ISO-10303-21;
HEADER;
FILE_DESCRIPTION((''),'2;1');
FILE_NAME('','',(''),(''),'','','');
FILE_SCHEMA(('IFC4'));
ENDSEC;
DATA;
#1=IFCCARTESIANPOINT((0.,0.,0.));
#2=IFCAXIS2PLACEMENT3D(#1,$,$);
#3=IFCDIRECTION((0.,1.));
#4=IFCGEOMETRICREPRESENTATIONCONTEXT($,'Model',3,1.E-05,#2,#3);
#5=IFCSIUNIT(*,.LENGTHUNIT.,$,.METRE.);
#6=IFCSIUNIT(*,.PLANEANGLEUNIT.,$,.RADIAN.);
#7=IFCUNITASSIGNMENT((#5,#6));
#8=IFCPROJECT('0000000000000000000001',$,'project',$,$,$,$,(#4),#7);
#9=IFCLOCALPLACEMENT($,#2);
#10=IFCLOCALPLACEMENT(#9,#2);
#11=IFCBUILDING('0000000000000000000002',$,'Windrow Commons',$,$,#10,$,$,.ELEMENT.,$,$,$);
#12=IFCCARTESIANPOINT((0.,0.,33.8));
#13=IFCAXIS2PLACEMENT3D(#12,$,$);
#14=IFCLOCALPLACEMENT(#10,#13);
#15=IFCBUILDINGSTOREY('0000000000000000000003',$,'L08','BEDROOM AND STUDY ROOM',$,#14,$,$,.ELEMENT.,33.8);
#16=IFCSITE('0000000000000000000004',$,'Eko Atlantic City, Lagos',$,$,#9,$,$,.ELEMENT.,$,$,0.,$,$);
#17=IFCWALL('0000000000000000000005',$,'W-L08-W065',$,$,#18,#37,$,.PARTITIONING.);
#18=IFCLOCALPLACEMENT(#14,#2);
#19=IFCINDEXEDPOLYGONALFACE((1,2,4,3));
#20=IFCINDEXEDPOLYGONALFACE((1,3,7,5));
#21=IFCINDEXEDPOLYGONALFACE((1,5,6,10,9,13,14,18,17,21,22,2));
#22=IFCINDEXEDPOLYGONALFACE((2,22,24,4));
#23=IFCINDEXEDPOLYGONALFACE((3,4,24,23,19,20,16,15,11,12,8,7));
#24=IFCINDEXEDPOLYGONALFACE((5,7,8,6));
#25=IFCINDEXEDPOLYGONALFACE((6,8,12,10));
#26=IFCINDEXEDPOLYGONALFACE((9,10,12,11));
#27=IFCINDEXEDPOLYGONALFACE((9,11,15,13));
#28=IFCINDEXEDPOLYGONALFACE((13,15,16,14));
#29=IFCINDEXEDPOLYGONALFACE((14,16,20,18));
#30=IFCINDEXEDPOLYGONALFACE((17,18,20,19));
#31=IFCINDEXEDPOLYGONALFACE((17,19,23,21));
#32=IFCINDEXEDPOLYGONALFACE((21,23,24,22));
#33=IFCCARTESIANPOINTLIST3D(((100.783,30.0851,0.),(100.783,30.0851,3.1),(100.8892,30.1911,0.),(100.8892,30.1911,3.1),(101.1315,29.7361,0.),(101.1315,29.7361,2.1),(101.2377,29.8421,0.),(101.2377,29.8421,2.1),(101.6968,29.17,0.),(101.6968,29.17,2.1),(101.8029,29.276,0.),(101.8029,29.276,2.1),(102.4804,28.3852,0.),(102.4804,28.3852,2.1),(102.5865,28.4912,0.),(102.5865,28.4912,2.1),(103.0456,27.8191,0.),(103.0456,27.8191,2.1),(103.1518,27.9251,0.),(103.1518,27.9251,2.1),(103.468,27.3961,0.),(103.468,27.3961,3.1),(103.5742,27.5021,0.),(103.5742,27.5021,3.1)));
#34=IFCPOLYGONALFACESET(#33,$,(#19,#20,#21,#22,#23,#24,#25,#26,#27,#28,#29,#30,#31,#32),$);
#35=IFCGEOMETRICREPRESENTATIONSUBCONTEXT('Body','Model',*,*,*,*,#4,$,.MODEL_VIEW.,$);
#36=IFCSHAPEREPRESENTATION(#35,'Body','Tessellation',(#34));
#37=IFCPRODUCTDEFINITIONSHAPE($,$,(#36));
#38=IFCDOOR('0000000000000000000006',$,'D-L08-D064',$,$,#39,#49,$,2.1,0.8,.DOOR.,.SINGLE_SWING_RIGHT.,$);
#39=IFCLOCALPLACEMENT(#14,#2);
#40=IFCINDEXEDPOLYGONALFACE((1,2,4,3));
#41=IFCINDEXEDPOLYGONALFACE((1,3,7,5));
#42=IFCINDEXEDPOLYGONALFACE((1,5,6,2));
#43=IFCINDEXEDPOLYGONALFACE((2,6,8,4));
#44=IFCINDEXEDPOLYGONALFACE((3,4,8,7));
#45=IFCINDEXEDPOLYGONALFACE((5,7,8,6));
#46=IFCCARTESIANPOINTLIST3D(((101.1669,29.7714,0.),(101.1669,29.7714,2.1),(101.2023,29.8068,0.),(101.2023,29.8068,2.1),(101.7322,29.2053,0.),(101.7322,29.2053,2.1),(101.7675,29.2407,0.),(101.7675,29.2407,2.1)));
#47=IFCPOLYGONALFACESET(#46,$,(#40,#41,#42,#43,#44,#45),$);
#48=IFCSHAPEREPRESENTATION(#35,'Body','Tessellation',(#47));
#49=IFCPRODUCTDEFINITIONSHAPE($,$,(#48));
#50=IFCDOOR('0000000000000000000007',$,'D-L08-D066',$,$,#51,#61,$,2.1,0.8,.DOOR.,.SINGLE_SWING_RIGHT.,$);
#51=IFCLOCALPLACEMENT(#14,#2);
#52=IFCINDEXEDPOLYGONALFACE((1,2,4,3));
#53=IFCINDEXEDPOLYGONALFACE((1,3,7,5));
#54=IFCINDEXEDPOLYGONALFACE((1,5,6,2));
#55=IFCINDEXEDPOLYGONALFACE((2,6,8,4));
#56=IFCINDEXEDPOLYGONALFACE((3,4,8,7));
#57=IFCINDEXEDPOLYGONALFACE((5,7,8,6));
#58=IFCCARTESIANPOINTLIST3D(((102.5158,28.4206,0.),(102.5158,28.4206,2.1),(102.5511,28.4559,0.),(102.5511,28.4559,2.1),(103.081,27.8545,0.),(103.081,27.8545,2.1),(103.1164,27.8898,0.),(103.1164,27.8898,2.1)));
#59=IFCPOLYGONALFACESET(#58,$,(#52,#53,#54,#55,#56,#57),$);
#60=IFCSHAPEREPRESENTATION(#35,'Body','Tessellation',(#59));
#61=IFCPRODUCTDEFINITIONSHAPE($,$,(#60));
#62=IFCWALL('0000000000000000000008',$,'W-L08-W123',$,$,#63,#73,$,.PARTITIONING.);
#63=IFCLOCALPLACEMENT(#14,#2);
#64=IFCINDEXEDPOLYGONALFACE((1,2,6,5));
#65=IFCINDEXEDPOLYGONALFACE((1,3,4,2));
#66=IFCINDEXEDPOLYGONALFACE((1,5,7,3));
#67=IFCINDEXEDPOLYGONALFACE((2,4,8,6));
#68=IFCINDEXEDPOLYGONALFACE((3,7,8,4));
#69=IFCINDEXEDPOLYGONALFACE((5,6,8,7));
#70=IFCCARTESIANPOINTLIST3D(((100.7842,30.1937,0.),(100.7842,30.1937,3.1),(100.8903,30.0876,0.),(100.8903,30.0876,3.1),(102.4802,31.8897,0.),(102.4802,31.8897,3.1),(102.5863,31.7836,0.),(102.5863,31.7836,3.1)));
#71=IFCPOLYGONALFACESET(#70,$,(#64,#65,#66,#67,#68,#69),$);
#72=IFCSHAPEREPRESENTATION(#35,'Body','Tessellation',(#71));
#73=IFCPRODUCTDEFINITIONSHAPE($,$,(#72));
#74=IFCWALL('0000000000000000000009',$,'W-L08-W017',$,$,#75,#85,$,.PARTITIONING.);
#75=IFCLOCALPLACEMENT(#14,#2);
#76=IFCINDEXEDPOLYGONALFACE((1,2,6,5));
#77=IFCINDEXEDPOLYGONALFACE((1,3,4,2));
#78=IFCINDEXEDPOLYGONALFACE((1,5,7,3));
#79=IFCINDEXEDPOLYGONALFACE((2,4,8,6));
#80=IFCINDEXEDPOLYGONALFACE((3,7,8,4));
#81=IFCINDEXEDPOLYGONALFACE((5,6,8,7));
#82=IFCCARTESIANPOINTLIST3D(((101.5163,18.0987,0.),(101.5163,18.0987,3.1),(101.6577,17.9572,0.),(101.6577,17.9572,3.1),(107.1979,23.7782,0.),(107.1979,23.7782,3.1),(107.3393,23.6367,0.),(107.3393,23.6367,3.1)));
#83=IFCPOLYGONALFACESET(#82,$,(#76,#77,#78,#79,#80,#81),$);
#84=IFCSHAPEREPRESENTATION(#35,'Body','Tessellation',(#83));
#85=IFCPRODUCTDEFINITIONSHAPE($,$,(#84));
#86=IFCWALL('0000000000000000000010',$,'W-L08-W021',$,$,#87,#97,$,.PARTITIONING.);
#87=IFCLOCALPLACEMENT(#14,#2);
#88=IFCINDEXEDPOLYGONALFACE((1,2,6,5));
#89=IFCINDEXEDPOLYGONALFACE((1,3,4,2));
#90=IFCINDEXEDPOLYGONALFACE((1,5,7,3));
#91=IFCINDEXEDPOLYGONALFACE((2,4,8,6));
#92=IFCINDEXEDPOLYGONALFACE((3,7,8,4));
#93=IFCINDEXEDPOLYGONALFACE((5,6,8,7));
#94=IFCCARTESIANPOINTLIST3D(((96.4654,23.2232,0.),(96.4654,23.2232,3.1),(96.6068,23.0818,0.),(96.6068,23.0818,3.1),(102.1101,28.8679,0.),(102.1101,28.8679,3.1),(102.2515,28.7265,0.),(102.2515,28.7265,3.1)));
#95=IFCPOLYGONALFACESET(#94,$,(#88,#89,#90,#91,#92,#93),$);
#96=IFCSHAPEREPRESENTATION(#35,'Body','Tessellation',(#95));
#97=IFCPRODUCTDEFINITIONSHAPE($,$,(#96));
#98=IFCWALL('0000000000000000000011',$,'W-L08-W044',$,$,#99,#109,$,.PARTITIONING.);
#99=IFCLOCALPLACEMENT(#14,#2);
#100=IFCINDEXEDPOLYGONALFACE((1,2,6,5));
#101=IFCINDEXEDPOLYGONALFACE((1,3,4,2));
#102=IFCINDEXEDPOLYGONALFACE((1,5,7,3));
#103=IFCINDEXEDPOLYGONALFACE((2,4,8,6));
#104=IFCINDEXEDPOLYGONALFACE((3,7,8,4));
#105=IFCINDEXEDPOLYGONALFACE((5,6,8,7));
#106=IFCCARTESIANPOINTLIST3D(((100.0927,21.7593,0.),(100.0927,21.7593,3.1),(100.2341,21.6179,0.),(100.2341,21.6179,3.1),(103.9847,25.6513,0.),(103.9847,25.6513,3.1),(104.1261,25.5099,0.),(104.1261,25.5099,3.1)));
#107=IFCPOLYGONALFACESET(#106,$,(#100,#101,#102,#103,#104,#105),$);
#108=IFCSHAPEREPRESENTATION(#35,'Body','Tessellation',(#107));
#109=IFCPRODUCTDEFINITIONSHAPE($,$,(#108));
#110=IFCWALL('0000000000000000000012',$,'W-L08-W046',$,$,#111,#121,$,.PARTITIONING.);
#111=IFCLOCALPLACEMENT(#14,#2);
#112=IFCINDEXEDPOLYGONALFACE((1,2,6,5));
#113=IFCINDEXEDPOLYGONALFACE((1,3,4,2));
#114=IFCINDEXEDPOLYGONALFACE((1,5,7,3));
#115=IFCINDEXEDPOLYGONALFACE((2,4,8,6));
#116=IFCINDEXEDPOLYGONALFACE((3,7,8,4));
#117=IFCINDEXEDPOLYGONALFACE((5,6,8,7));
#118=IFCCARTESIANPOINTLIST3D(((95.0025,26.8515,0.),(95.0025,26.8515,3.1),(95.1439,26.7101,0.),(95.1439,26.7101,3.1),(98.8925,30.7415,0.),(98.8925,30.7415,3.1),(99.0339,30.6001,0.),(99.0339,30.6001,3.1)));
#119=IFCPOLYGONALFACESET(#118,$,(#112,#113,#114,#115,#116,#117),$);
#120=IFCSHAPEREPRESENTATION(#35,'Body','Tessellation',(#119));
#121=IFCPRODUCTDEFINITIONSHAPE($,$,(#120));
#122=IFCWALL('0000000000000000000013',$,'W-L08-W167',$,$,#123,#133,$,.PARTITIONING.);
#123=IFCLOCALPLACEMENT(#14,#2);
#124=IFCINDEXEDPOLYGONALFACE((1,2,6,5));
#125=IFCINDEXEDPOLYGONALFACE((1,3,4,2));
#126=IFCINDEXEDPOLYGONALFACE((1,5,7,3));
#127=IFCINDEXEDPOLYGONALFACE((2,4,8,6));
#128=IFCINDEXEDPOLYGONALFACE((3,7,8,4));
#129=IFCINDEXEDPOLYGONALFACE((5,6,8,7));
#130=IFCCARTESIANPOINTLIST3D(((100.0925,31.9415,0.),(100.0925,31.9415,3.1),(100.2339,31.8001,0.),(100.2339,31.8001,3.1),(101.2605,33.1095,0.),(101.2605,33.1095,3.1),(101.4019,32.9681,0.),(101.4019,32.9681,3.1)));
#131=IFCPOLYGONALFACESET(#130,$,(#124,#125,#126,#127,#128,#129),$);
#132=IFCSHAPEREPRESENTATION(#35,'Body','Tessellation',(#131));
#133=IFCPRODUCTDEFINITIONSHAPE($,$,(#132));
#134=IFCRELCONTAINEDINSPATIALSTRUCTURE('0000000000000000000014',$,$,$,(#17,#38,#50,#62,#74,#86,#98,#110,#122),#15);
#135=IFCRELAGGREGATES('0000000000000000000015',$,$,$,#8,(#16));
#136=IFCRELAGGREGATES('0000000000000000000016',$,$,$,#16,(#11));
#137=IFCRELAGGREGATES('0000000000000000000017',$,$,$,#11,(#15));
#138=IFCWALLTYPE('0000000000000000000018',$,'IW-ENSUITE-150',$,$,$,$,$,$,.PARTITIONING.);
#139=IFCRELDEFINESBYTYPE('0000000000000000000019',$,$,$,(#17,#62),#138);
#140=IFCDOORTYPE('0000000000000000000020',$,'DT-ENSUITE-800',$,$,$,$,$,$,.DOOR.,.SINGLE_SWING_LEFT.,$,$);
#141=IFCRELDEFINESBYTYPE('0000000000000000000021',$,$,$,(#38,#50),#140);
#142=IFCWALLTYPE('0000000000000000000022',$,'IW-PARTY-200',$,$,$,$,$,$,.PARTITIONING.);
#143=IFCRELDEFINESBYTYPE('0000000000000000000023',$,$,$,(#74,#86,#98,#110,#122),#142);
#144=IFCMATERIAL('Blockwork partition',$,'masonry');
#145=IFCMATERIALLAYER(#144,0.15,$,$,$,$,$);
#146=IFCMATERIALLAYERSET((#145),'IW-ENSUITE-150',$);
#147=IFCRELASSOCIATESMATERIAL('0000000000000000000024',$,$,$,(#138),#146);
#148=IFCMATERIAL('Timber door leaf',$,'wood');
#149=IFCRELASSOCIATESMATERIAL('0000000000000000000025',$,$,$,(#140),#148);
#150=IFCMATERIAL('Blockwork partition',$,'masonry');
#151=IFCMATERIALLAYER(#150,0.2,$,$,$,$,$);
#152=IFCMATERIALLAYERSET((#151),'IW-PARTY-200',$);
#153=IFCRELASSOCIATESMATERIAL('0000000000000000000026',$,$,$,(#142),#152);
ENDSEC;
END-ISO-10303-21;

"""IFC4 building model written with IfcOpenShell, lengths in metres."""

from ifc_helpers import new_model, si_unit, direction, frame, frame_2d, origin, place, context, subcontext, project, spatial, rectangle, extrude, material, layer, layer_set, type_object, element, fill, save


model = new_model("IFC4")

# Units and contexts
model_context = context("Model", 3, precision=1e-05, world=origin(), true_north=direction((0.0, 1.0)))
body_context = subcontext(model_context, "Body", "Model", "MODEL_VIEW")
ifc_project = project(units=[si_unit("LENGTHUNIT", "METRE"), si_unit("PLANEANGLEUNIT", "RADIAN")], contexts=[model_context])

# Site, building, storey
site_placement = place(None, origin())
site = spatial("IfcSite", under=ifc_project, at=site_placement, Name="Eko Atlantic City, Lagos", CompositionType="ELEMENT", RefElevation=0.0)
building_placement = place(site_placement, origin())
building = spatial("IfcBuilding", under=site, at=building_placement, Name="Windrow Commons", CompositionType="ELEMENT")
storey_placement = place(building_placement, frame((0.0, 0.0, 33.8)))
storey = spatial("IfcBuildingStorey", under=building, at=storey_placement, Name="L08", Description="BEDROOM AND STUDY ROOM", CompositionType="ELEMENT", Elevation=33.8)

# Wall, openings, doors
ifc_material_1 = material(Name="Blockwork partition", Category="masonry")
ifc_layer_1 = layer(ifc_material_1, 0.15)
ifc_layer_set_1 = layer_set([ifc_layer_1], Name="IW-ENSUITE-150")
wall_type_1 = type_object("IfcWallType", Name="IW-ENSUITE-150", PredefinedType="PARTITIONING", material=ifc_layer_set_1)
wall_1_placement = place(storey_placement, frame((100.8361, 30.1381, 0.0), z_axis=(0.0, 0.0, 1.0), x_axis=(0.70658, -0.707633, 0.0)))
wall_1 = element("IfcWall", 1, at=wall_1_placement, inside=storey, type_object=wall_type_1, Name="W-L08-W065", PredefinedType="PARTITIONING", context=body_context, shape_type="SweptSolid", body=[
    extrude(rectangle(XDim=3.8, YDim=0.15, at=frame_2d((1.9, 0.0))), origin(), (0.0, 0.0, 1.0), 3.1),
])
opening_1_placement = place(wall_1_placement, frame((0.4932, 0.0, 0.0)))
opening_1 = element("IfcOpeningElement", 2, at=opening_1_placement, cuts=wall_1, PredefinedType="OPENING", context=body_context, shape_type="SweptSolid", body=[
    extrude(rectangle(XDim=0.8, YDim=2.1, at=frame_2d((0.4, 1.05))), frame((0.0, 0.085, 0.0), z_axis=(0.0, -1.0, 0.0), x_axis=(1.0, 0.0, 0.0)), (0.0, 0.0, 1.0), 0.17),
])
opening_2_placement = place(wall_1_placement, frame((2.4022, 0.0, 0.0)))
opening_2 = element("IfcOpeningElement", 3, at=opening_2_placement, cuts=wall_1, PredefinedType="OPENING", context=body_context, shape_type="SweptSolid", body=[
    extrude(rectangle(XDim=0.8, YDim=2.1, at=frame_2d((0.4, 1.05))), frame((0.0, 0.085, 0.0), z_axis=(0.0, -1.0, 0.0), x_axis=(1.0, 0.0, 0.0)), (0.0, 0.0, 1.0), 0.17),
])
ifc_material_2 = material(Name="Timber door leaf", Category="wood")
door_type = type_object("IfcDoorType", Name="DT-ENSUITE-800", OperationType="SINGLE_SWING_LEFT", PredefinedType="DOOR", material=ifc_material_2)
door_1_placement = place(opening_1_placement, origin())
door_1 = element("IfcDoor", 4, at=door_1_placement, inside=storey, type_object=door_type, Name="D-L08-D064", OperationType="SINGLE_SWING_RIGHT", OverallHeight=2.1, OverallWidth=0.8, PredefinedType="DOOR", context=body_context, shape_type="SweptSolid", body=[
    extrude(rectangle(XDim=0.8, YDim=2.1, at=frame_2d((0.4, 1.05))), frame((0.0, 0.025, 0.0), z_axis=(0.0, -1.0, 0.0), x_axis=(1.0, 0.0, 0.0)), (0.0, 0.0, 1.0), 0.05),
])
fill(opening_1, door_1)
door_2_placement = place(opening_2_placement, origin())
door_2 = element("IfcDoor", 5, at=door_2_placement, inside=storey, type_object=door_type, Name="D-L08-D066", OperationType="SINGLE_SWING_RIGHT", OverallHeight=2.1, OverallWidth=0.8, PredefinedType="DOOR", context=body_context, shape_type="SweptSolid", body=[
    extrude(rectangle(XDim=0.8, YDim=2.1, at=frame_2d((0.4, 1.05))), frame((0.0, 0.025, 0.0), z_axis=(0.0, -1.0, 0.0), x_axis=(1.0, 0.0, 0.0)), (0.0, 0.0, 1.0), 0.05),
])
fill(opening_2, door_2)

# Walls
wall_2_placement = place(storey_placement, frame((100.8373, 30.1407, 0.0), z_axis=(0.0, 0.0, 1.0), x_axis=(0.707107, 0.707107, 0.0)))
element("IfcWall", 6, at=wall_2_placement, inside=storey, type_object=wall_type_1, Name="W-L08-W123", PredefinedType="PARTITIONING", context=body_context, shape_type="SweptSolid", body=[
    extrude(rectangle(XDim=2.3985, YDim=0.15, at=frame_2d((1.1992, 0.0))), origin(), (0.0, 0.0, 1.0), 3.1),
])
ifc_material_3 = material(Name="Blockwork partition", Category="masonry")
ifc_layer_2 = layer(ifc_material_3, 0.2)
ifc_layer_set_2 = layer_set([ifc_layer_2], Name="IW-PARTY-200")
wall_type_2 = type_object("IfcWallType", Name="IW-PARTY-200", PredefinedType="PARTITIONING", material=ifc_layer_set_2)
wall_3_placement = place(storey_placement, frame((101.587, 18.0279, 0.0), z_axis=(0.0, 0.0, 1.0), x_axis=(0.707237, 0.706976, 0.0)))
element("IfcWall", 7, at=wall_3_placement, inside=storey, type_object=wall_type_2, Name="W-L08-W017", PredefinedType="PARTITIONING", context=body_context, shape_type="SweptSolid", body=[
    extrude(rectangle(XDim=8.0335, YDim=0.2, at=frame_2d((4.0168, 0.0))), origin(), (0.0, 0.0, 1.0), 3.1),
])
wall_4_placement = place(storey_placement, frame((96.5361, 23.1525, 0.0), z_axis=(0.0, 0.0, 1.0), x_axis=(0.707107, 0.707107, 0.0)))
element("IfcWall", 8, at=wall_4_placement, inside=storey, type_object=wall_type_2, Name="W-L08-W021", PredefinedType="PARTITIONING", context=body_context, shape_type="SweptSolid", body=[
    extrude(rectangle(XDim=7.9828, YDim=0.2, at=frame_2d((3.9914, 0.0))), origin(), (0.0, 0.0, 1.0), 3.1),
])
wall_5_placement = place(storey_placement, frame((100.1634, 21.6886, 0.0), z_axis=(0.0, 0.0, 1.0), x_axis=(0.707107, 0.707107, 0.0)))
element("IfcWall", 9, at=wall_5_placement, inside=storey, type_object=wall_type_2, Name="W-L08-W044", PredefinedType="PARTITIONING", context=body_context, shape_type="SweptSolid", body=[
    extrude(rectangle(XDim=5.5041, YDim=0.2, at=frame_2d((2.7521, 0.0))), origin(), (0.0, 0.0, 1.0), 3.1),
])
wall_6_placement = place(storey_placement, frame((95.0732, 26.7808, 0.0), z_axis=(0.0, 0.0, 1.0), x_axis=(0.707107, 0.707107, 0.0)))
element("IfcWall", 10, at=wall_6_placement, inside=storey, type_object=wall_type_2, Name="W-L08-W046", PredefinedType="PARTITIONING", context=body_context, shape_type="SweptSolid", body=[
    extrude(rectangle(XDim=5.5013, YDim=0.2, at=frame_2d((2.7506, 0.0))), origin(), (0.0, 0.0, 1.0), 3.1),
])
wall_7_placement = place(storey_placement, frame((100.1632, 31.8708, 0.0), z_axis=(0.0, 0.0, 1.0), x_axis=(0.707107, 0.707107, 0.0)))
element("IfcWall", 11, at=wall_7_placement, inside=storey, type_object=wall_type_2, Name="W-L08-W167", PredefinedType="PARTITIONING", context=body_context, shape_type="SweptSolid", body=[
    extrude(rectangle(XDim=1.6518, YDim=0.2, at=frame_2d((0.8259, 0.0))), origin(), (0.0, 0.0, 1.0), 3.1),
])

save(model, "model.ifc")
